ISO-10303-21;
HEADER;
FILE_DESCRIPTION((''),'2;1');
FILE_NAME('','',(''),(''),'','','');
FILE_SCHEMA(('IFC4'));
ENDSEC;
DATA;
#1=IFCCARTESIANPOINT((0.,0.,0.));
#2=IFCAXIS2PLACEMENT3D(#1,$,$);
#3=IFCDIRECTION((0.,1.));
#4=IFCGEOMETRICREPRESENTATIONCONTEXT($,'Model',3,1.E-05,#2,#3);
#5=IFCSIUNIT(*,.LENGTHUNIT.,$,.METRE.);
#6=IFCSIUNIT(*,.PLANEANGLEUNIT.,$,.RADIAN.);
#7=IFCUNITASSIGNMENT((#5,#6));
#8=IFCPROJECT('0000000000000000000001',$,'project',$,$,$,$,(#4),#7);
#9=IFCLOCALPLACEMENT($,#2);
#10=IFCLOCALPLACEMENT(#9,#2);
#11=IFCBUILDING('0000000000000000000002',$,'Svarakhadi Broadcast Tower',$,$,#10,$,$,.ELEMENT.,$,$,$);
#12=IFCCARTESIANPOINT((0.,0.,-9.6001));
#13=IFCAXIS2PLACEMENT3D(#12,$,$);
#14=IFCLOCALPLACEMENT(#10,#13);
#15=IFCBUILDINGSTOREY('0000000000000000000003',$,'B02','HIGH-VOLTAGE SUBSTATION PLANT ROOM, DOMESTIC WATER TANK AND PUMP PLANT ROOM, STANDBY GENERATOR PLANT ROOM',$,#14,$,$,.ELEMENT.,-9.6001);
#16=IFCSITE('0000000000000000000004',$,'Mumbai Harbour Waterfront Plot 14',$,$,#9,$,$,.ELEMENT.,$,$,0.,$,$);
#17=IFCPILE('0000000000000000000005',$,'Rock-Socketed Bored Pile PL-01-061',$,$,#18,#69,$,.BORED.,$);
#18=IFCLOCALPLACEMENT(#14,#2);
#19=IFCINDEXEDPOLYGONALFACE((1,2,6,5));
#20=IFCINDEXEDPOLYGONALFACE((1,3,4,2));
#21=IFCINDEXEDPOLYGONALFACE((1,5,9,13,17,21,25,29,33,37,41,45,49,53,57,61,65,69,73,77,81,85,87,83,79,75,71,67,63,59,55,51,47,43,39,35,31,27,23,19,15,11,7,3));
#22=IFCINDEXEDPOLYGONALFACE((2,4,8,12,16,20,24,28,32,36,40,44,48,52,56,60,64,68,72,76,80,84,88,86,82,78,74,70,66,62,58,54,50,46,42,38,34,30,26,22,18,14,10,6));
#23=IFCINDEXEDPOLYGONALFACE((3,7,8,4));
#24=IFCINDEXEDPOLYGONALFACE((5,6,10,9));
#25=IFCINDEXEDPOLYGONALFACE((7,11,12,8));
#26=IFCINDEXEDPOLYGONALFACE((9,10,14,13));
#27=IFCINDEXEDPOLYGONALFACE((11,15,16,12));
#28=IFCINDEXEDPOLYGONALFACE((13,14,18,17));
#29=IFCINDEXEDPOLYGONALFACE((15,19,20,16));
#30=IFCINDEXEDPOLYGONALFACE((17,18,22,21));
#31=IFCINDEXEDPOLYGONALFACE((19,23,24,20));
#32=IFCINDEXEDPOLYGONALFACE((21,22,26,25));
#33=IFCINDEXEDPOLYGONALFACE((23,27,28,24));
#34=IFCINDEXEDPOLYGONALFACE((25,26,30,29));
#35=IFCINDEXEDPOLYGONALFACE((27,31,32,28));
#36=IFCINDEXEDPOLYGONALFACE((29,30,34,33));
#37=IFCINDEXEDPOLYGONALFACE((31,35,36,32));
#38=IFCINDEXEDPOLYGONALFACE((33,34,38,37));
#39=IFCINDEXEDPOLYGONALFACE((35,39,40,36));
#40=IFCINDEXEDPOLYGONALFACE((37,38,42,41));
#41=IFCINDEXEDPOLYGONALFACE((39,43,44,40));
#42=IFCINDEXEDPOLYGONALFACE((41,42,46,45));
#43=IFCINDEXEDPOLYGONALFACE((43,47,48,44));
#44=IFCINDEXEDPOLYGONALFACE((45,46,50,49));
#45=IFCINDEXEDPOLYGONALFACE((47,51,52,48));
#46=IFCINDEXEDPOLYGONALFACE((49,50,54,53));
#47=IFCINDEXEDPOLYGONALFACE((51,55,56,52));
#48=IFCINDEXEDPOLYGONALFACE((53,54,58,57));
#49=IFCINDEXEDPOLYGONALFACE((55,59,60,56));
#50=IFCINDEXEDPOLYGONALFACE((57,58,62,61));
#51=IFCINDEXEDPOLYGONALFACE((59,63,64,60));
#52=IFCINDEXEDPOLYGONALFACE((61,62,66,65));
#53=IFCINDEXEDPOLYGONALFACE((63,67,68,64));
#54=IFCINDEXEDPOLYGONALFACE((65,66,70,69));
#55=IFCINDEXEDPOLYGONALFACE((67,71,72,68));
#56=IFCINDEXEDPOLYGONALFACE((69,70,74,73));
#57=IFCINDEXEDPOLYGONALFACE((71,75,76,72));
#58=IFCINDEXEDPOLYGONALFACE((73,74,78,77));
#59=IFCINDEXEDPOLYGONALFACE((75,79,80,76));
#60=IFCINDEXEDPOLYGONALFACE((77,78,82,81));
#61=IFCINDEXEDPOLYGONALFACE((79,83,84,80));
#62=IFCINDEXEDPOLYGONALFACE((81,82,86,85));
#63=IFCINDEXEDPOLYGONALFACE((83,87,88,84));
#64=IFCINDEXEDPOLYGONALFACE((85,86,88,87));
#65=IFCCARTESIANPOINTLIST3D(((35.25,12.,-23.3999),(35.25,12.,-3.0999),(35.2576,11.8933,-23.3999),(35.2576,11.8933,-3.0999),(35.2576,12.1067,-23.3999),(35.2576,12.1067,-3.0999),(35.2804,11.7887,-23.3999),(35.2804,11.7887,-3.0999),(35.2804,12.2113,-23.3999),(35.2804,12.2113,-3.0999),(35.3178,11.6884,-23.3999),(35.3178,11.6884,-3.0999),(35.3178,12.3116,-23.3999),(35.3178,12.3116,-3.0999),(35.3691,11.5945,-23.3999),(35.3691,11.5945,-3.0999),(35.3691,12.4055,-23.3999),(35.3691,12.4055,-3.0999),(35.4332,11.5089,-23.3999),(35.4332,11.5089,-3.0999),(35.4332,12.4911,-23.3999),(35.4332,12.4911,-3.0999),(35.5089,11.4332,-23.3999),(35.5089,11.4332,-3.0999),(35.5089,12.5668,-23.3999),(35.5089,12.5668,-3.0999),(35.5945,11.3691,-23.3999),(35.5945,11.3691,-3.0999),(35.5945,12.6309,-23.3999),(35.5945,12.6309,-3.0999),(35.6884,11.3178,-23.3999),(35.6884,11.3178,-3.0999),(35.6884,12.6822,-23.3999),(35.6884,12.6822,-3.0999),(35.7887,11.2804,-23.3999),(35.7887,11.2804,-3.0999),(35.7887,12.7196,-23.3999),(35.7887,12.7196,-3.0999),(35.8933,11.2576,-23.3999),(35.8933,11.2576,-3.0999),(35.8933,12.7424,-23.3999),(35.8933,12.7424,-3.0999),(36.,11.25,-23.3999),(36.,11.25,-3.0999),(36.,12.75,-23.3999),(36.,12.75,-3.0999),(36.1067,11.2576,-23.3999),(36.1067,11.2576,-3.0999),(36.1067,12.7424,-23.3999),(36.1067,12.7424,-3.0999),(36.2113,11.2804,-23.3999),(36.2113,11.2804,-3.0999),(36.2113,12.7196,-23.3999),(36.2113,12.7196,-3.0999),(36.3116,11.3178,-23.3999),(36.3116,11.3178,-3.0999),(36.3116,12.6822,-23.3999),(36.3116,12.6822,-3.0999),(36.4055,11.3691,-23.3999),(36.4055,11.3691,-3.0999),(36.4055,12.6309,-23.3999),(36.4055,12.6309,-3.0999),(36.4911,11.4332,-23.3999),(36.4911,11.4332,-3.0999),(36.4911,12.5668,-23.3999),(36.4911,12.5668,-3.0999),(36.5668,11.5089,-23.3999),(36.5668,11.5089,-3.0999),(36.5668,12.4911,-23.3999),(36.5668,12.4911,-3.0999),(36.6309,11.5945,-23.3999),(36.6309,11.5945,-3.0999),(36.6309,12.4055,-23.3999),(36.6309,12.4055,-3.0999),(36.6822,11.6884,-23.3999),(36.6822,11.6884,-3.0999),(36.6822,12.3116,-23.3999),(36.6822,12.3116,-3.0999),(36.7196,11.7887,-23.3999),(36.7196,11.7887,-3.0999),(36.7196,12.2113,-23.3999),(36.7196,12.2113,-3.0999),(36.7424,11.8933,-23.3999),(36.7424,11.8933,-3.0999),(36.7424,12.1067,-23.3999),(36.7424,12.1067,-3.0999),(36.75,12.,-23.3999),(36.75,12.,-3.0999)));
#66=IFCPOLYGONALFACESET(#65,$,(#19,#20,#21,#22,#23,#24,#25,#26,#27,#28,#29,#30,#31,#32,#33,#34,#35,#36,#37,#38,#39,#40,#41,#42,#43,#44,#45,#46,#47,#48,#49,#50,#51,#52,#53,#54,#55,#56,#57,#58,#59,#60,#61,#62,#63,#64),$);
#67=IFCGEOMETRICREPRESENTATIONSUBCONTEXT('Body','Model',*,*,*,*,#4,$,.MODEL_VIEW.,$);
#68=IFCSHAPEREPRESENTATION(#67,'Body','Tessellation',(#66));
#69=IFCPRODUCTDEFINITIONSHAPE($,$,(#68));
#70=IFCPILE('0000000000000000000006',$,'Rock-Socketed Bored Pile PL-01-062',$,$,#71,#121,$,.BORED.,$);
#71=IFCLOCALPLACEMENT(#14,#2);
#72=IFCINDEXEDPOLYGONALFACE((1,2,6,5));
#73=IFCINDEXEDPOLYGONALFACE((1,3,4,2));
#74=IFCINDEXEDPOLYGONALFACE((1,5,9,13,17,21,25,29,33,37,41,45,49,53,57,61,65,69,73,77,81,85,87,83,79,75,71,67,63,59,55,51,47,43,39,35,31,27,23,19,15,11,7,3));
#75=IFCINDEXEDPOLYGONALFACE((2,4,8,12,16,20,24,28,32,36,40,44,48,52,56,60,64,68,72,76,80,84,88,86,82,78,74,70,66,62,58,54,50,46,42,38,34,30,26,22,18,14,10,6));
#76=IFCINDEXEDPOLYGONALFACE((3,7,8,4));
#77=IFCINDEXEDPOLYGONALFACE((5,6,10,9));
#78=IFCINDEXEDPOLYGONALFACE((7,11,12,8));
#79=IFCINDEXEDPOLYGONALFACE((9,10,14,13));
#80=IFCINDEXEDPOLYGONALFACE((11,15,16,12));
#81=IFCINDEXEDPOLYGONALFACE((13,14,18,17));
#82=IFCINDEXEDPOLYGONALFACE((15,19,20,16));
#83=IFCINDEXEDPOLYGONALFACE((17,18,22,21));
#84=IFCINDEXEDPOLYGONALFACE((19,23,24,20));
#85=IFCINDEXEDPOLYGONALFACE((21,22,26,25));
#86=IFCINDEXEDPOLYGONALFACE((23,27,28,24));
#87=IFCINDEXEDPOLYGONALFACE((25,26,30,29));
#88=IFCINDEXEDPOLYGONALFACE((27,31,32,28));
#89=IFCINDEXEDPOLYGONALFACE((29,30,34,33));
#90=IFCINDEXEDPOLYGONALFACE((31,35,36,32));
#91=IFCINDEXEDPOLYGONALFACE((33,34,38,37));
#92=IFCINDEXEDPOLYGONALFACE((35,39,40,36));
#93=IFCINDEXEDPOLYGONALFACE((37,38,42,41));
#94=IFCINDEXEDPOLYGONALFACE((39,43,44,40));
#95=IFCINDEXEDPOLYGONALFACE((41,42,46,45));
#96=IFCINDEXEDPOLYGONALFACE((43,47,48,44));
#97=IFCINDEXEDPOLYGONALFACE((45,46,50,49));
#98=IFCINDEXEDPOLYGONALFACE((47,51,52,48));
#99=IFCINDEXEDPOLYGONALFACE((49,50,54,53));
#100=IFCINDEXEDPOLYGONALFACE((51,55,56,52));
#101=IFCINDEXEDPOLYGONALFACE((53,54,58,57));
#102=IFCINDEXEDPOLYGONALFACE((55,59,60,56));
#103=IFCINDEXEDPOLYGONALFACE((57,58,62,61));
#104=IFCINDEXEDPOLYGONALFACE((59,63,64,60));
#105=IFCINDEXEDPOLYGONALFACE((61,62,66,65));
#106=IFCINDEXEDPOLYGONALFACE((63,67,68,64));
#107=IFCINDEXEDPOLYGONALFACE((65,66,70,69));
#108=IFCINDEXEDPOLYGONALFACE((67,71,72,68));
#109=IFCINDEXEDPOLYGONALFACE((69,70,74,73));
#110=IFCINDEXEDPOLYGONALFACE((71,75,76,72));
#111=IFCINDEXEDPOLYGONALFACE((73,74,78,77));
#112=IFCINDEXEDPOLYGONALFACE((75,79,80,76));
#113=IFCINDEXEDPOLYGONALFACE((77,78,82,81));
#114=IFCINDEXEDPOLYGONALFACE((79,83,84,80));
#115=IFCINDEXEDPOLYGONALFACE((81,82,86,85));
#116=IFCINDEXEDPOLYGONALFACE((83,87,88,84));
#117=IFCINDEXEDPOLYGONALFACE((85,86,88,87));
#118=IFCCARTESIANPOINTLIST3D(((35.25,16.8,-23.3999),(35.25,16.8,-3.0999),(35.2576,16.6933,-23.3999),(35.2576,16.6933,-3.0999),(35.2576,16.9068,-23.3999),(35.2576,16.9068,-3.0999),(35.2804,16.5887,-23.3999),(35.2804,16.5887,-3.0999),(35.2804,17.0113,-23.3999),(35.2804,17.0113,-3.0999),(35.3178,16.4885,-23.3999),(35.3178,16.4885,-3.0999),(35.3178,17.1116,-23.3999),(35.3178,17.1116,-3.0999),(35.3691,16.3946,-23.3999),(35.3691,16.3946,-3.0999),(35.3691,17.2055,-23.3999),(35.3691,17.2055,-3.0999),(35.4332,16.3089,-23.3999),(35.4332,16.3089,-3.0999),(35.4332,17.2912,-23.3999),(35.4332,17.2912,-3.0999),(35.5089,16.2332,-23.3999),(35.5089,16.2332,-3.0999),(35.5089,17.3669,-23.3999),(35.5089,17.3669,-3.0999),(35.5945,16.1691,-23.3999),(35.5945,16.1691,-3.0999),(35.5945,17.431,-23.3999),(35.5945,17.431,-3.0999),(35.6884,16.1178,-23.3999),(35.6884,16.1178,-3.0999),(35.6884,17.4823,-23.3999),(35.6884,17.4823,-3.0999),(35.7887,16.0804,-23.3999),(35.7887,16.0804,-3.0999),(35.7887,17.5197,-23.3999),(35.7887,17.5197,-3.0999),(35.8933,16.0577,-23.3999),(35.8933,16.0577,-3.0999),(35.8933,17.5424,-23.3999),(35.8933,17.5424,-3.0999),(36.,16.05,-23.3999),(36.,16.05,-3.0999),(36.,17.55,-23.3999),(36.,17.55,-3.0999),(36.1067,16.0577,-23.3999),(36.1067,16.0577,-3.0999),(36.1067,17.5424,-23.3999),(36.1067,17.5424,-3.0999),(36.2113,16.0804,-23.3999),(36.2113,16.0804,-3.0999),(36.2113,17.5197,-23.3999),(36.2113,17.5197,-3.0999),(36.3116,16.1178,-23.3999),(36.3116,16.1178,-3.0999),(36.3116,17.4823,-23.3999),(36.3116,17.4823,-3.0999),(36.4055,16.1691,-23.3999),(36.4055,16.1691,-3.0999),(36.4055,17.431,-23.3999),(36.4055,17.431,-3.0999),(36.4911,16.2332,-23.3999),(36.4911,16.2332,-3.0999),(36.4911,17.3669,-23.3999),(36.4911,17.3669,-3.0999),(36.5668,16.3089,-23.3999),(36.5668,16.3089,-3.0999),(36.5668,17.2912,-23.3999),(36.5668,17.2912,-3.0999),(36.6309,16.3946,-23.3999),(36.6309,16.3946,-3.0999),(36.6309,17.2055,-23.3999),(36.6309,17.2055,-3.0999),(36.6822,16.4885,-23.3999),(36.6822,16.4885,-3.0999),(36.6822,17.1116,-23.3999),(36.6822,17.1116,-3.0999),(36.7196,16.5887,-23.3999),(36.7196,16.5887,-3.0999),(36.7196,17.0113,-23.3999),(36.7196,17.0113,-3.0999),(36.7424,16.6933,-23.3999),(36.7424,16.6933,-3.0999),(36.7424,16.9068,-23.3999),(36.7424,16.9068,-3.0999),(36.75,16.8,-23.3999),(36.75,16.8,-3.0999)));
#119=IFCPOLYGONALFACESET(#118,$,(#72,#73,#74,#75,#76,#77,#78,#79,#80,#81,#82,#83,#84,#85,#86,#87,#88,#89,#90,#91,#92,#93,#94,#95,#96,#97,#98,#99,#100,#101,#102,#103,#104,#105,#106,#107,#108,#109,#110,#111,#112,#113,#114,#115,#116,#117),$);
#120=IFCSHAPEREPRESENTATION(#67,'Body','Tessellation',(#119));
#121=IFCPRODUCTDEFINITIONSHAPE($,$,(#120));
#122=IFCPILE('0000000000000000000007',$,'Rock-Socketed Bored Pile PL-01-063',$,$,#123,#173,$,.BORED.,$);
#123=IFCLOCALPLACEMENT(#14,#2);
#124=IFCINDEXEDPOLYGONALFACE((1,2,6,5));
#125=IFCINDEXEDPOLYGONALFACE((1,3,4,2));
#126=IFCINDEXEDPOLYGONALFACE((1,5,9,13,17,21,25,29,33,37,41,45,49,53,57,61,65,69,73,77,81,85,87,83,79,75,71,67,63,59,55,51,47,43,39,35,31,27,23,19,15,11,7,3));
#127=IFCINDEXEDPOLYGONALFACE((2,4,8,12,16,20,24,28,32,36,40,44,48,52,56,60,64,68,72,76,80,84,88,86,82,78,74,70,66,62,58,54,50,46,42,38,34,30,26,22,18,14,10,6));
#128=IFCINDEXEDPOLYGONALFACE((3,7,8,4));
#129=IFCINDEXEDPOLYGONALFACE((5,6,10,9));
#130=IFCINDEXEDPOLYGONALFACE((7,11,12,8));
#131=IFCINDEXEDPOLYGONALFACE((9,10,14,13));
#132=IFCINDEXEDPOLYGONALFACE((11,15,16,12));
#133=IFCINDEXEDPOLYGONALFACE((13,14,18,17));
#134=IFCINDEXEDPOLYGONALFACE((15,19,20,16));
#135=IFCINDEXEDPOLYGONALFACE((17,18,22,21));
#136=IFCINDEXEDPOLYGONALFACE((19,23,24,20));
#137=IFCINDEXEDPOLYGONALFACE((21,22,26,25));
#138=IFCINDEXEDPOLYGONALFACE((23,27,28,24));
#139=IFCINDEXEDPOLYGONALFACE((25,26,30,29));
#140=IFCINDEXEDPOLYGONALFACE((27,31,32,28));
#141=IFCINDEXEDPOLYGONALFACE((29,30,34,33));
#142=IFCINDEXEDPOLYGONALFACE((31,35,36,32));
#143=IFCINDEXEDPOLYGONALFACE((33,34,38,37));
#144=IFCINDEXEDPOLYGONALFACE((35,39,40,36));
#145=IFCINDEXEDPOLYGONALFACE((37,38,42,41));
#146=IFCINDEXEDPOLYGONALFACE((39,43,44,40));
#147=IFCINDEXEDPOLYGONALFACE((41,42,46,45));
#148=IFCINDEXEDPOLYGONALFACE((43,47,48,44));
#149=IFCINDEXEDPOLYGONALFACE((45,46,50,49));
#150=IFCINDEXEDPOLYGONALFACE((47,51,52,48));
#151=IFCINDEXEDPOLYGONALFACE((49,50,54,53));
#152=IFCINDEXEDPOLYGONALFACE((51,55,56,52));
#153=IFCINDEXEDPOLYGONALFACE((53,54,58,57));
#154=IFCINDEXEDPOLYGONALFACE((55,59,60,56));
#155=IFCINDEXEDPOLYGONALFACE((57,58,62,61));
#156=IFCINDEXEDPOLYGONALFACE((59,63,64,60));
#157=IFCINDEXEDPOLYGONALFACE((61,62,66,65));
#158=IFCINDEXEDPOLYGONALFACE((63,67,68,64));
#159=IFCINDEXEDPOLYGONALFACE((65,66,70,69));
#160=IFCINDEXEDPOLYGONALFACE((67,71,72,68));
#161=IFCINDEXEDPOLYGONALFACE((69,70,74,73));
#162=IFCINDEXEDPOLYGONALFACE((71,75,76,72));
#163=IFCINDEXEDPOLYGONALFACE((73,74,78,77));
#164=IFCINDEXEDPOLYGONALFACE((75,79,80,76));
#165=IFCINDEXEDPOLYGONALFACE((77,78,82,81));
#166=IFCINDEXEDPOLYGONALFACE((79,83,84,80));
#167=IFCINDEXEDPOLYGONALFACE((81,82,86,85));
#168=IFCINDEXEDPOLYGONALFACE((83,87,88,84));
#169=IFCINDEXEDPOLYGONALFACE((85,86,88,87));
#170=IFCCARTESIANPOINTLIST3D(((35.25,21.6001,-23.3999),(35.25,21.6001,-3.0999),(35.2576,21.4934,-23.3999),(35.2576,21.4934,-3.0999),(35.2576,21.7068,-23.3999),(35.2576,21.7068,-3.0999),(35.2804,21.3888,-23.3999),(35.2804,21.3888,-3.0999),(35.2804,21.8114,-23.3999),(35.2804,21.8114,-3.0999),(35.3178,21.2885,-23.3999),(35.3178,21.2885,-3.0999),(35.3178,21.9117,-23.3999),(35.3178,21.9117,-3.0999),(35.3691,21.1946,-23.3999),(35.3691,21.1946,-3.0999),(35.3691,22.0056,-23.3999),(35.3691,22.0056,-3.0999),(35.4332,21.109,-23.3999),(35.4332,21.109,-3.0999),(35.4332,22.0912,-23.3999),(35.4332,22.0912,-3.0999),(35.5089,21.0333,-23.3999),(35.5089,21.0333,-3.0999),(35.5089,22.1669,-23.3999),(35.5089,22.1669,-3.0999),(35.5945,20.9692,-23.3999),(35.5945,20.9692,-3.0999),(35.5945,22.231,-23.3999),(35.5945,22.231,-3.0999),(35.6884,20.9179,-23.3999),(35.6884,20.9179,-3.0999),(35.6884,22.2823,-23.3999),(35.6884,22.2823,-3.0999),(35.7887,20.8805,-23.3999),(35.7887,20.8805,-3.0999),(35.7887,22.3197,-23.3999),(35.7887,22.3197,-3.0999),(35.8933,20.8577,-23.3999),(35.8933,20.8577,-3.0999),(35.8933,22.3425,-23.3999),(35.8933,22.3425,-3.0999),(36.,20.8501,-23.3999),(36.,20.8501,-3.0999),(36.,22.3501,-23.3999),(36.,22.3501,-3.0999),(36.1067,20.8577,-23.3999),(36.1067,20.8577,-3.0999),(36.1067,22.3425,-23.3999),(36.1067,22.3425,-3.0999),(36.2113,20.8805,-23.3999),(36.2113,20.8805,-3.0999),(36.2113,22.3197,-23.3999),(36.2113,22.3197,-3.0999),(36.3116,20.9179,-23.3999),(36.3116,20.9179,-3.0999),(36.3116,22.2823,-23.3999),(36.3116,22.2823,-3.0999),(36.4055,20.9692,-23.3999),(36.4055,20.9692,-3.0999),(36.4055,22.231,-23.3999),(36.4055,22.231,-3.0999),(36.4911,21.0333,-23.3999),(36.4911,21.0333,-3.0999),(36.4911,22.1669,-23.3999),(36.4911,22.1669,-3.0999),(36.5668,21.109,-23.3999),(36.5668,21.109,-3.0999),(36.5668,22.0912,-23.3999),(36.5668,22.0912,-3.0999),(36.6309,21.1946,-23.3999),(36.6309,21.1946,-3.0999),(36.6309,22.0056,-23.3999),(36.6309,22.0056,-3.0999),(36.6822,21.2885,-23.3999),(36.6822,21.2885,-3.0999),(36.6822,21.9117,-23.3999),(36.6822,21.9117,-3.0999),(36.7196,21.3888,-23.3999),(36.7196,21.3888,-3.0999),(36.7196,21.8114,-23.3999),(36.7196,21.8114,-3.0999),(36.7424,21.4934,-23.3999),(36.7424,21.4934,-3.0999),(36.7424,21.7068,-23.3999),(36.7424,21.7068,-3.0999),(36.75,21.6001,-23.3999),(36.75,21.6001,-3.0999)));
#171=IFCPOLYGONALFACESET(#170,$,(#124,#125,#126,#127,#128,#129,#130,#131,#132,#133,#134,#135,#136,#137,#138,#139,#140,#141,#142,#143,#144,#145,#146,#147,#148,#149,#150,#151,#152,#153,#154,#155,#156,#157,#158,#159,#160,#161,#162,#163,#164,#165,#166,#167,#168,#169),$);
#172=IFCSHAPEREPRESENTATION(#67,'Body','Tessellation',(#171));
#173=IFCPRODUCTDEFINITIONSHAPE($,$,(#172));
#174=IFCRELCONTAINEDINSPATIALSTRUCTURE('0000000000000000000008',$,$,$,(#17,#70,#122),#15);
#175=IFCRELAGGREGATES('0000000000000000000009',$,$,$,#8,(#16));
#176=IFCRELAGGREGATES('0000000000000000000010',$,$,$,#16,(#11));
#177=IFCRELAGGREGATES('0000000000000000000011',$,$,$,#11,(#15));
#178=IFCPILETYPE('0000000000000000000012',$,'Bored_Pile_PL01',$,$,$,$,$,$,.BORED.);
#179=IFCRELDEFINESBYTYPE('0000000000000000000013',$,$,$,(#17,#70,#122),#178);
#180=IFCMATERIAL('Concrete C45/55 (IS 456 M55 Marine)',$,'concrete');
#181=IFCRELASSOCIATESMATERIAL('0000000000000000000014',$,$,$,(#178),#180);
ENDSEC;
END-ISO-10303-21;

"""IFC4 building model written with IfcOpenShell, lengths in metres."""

from ifc_helpers import new_model, si_unit, direction, frame, origin, origin_2d, place, context, subcontext, project, spatial, circle, extrude, material, material_profile, profile_set, type_object, element, save


model = new_model("IFC4")

# Units and contexts
model_context = context("Model", 3, precision=1e-05, world=origin(), true_north=direction((0.0, 1.0)))
body_context = subcontext(model_context, "Body", "Model", "MODEL_VIEW")
ifc_project = project(units=[si_unit("LENGTHUNIT", "METRE"), si_unit("PLANEANGLEUNIT", "RADIAN")], contexts=[model_context])

# Site, building, storey
site_placement = place(None, origin())
site = spatial("IfcSite", under=ifc_project, at=site_placement, Name="Mumbai Harbour Waterfront Plot 14", CompositionType="ELEMENT", RefElevation=0.0)
building_placement = place(site_placement, origin())
building = spatial("IfcBuilding", under=site, at=building_placement, Name="Svarakhadi Broadcast Tower", CompositionType="ELEMENT")
storey_placement = place(building_placement, frame((0.0, 0.0, -9.6001)))
storey = spatial("IfcBuildingStorey", under=building, at=storey_placement, Name="B02", Description="HIGH-VOLTAGE SUBSTATION PLANT ROOM, DOMESTIC WATER TANK AND PUMP PLANT ROOM, STANDBY GENERATOR PLANT ROOM", CompositionType="ELEMENT", Elevation=-9.6001)

# Piles
ifc_material_1 = material(Name="Concrete C45/55 (IS 456 M55 Marine)", Category="concrete")
ifc_material_profile_1 = material_profile(ifc_material_1, circle(Radius=0.75, at=origin_2d()), Name="PILE D1500")
ifc_profile_set_1 = profile_set([ifc_material_profile_1], Name="Concrete C45/55 (IS 456 M55 Marine)")
pile_type = type_object("IfcPileType", Name="Bored_Pile_PL01", PredefinedType="BORED", material=ifc_profile_set_1)
for number, where, z_axis, x_axis, name in (
    (1, (36.0, 12.0, -3.0999), (0.0, 0.0, -1.0), (1.0, 0.0, 0.0), "Rock-Socketed Bored Pile PL-01-061"),
    (2, (36.0, 16.8, -3.0999), (0.0, 0.0, -1.0), (1.0, 0.0, 0.0), "Rock-Socketed Bored Pile PL-01-062"),
    (3, (36.0, 21.6001, -3.0999), (0.0, 0.0, -1.0), (1.0, 0.0, 0.0), "Rock-Socketed Bored Pile PL-01-063"),
):
    element("IfcPile", number, at=place(storey_placement, frame(where, z_axis=z_axis, x_axis=x_axis)), inside=storey, type_object=pile_type, Name=name, PredefinedType="BORED", context=body_context, shape_type="SweptSolid", body=[
        extrude(circle(Radius=0.75, at=origin_2d()), origin(), (0.0, 0.0, 1.0), 20.3),
    ])

save(model, "model.ifc")
